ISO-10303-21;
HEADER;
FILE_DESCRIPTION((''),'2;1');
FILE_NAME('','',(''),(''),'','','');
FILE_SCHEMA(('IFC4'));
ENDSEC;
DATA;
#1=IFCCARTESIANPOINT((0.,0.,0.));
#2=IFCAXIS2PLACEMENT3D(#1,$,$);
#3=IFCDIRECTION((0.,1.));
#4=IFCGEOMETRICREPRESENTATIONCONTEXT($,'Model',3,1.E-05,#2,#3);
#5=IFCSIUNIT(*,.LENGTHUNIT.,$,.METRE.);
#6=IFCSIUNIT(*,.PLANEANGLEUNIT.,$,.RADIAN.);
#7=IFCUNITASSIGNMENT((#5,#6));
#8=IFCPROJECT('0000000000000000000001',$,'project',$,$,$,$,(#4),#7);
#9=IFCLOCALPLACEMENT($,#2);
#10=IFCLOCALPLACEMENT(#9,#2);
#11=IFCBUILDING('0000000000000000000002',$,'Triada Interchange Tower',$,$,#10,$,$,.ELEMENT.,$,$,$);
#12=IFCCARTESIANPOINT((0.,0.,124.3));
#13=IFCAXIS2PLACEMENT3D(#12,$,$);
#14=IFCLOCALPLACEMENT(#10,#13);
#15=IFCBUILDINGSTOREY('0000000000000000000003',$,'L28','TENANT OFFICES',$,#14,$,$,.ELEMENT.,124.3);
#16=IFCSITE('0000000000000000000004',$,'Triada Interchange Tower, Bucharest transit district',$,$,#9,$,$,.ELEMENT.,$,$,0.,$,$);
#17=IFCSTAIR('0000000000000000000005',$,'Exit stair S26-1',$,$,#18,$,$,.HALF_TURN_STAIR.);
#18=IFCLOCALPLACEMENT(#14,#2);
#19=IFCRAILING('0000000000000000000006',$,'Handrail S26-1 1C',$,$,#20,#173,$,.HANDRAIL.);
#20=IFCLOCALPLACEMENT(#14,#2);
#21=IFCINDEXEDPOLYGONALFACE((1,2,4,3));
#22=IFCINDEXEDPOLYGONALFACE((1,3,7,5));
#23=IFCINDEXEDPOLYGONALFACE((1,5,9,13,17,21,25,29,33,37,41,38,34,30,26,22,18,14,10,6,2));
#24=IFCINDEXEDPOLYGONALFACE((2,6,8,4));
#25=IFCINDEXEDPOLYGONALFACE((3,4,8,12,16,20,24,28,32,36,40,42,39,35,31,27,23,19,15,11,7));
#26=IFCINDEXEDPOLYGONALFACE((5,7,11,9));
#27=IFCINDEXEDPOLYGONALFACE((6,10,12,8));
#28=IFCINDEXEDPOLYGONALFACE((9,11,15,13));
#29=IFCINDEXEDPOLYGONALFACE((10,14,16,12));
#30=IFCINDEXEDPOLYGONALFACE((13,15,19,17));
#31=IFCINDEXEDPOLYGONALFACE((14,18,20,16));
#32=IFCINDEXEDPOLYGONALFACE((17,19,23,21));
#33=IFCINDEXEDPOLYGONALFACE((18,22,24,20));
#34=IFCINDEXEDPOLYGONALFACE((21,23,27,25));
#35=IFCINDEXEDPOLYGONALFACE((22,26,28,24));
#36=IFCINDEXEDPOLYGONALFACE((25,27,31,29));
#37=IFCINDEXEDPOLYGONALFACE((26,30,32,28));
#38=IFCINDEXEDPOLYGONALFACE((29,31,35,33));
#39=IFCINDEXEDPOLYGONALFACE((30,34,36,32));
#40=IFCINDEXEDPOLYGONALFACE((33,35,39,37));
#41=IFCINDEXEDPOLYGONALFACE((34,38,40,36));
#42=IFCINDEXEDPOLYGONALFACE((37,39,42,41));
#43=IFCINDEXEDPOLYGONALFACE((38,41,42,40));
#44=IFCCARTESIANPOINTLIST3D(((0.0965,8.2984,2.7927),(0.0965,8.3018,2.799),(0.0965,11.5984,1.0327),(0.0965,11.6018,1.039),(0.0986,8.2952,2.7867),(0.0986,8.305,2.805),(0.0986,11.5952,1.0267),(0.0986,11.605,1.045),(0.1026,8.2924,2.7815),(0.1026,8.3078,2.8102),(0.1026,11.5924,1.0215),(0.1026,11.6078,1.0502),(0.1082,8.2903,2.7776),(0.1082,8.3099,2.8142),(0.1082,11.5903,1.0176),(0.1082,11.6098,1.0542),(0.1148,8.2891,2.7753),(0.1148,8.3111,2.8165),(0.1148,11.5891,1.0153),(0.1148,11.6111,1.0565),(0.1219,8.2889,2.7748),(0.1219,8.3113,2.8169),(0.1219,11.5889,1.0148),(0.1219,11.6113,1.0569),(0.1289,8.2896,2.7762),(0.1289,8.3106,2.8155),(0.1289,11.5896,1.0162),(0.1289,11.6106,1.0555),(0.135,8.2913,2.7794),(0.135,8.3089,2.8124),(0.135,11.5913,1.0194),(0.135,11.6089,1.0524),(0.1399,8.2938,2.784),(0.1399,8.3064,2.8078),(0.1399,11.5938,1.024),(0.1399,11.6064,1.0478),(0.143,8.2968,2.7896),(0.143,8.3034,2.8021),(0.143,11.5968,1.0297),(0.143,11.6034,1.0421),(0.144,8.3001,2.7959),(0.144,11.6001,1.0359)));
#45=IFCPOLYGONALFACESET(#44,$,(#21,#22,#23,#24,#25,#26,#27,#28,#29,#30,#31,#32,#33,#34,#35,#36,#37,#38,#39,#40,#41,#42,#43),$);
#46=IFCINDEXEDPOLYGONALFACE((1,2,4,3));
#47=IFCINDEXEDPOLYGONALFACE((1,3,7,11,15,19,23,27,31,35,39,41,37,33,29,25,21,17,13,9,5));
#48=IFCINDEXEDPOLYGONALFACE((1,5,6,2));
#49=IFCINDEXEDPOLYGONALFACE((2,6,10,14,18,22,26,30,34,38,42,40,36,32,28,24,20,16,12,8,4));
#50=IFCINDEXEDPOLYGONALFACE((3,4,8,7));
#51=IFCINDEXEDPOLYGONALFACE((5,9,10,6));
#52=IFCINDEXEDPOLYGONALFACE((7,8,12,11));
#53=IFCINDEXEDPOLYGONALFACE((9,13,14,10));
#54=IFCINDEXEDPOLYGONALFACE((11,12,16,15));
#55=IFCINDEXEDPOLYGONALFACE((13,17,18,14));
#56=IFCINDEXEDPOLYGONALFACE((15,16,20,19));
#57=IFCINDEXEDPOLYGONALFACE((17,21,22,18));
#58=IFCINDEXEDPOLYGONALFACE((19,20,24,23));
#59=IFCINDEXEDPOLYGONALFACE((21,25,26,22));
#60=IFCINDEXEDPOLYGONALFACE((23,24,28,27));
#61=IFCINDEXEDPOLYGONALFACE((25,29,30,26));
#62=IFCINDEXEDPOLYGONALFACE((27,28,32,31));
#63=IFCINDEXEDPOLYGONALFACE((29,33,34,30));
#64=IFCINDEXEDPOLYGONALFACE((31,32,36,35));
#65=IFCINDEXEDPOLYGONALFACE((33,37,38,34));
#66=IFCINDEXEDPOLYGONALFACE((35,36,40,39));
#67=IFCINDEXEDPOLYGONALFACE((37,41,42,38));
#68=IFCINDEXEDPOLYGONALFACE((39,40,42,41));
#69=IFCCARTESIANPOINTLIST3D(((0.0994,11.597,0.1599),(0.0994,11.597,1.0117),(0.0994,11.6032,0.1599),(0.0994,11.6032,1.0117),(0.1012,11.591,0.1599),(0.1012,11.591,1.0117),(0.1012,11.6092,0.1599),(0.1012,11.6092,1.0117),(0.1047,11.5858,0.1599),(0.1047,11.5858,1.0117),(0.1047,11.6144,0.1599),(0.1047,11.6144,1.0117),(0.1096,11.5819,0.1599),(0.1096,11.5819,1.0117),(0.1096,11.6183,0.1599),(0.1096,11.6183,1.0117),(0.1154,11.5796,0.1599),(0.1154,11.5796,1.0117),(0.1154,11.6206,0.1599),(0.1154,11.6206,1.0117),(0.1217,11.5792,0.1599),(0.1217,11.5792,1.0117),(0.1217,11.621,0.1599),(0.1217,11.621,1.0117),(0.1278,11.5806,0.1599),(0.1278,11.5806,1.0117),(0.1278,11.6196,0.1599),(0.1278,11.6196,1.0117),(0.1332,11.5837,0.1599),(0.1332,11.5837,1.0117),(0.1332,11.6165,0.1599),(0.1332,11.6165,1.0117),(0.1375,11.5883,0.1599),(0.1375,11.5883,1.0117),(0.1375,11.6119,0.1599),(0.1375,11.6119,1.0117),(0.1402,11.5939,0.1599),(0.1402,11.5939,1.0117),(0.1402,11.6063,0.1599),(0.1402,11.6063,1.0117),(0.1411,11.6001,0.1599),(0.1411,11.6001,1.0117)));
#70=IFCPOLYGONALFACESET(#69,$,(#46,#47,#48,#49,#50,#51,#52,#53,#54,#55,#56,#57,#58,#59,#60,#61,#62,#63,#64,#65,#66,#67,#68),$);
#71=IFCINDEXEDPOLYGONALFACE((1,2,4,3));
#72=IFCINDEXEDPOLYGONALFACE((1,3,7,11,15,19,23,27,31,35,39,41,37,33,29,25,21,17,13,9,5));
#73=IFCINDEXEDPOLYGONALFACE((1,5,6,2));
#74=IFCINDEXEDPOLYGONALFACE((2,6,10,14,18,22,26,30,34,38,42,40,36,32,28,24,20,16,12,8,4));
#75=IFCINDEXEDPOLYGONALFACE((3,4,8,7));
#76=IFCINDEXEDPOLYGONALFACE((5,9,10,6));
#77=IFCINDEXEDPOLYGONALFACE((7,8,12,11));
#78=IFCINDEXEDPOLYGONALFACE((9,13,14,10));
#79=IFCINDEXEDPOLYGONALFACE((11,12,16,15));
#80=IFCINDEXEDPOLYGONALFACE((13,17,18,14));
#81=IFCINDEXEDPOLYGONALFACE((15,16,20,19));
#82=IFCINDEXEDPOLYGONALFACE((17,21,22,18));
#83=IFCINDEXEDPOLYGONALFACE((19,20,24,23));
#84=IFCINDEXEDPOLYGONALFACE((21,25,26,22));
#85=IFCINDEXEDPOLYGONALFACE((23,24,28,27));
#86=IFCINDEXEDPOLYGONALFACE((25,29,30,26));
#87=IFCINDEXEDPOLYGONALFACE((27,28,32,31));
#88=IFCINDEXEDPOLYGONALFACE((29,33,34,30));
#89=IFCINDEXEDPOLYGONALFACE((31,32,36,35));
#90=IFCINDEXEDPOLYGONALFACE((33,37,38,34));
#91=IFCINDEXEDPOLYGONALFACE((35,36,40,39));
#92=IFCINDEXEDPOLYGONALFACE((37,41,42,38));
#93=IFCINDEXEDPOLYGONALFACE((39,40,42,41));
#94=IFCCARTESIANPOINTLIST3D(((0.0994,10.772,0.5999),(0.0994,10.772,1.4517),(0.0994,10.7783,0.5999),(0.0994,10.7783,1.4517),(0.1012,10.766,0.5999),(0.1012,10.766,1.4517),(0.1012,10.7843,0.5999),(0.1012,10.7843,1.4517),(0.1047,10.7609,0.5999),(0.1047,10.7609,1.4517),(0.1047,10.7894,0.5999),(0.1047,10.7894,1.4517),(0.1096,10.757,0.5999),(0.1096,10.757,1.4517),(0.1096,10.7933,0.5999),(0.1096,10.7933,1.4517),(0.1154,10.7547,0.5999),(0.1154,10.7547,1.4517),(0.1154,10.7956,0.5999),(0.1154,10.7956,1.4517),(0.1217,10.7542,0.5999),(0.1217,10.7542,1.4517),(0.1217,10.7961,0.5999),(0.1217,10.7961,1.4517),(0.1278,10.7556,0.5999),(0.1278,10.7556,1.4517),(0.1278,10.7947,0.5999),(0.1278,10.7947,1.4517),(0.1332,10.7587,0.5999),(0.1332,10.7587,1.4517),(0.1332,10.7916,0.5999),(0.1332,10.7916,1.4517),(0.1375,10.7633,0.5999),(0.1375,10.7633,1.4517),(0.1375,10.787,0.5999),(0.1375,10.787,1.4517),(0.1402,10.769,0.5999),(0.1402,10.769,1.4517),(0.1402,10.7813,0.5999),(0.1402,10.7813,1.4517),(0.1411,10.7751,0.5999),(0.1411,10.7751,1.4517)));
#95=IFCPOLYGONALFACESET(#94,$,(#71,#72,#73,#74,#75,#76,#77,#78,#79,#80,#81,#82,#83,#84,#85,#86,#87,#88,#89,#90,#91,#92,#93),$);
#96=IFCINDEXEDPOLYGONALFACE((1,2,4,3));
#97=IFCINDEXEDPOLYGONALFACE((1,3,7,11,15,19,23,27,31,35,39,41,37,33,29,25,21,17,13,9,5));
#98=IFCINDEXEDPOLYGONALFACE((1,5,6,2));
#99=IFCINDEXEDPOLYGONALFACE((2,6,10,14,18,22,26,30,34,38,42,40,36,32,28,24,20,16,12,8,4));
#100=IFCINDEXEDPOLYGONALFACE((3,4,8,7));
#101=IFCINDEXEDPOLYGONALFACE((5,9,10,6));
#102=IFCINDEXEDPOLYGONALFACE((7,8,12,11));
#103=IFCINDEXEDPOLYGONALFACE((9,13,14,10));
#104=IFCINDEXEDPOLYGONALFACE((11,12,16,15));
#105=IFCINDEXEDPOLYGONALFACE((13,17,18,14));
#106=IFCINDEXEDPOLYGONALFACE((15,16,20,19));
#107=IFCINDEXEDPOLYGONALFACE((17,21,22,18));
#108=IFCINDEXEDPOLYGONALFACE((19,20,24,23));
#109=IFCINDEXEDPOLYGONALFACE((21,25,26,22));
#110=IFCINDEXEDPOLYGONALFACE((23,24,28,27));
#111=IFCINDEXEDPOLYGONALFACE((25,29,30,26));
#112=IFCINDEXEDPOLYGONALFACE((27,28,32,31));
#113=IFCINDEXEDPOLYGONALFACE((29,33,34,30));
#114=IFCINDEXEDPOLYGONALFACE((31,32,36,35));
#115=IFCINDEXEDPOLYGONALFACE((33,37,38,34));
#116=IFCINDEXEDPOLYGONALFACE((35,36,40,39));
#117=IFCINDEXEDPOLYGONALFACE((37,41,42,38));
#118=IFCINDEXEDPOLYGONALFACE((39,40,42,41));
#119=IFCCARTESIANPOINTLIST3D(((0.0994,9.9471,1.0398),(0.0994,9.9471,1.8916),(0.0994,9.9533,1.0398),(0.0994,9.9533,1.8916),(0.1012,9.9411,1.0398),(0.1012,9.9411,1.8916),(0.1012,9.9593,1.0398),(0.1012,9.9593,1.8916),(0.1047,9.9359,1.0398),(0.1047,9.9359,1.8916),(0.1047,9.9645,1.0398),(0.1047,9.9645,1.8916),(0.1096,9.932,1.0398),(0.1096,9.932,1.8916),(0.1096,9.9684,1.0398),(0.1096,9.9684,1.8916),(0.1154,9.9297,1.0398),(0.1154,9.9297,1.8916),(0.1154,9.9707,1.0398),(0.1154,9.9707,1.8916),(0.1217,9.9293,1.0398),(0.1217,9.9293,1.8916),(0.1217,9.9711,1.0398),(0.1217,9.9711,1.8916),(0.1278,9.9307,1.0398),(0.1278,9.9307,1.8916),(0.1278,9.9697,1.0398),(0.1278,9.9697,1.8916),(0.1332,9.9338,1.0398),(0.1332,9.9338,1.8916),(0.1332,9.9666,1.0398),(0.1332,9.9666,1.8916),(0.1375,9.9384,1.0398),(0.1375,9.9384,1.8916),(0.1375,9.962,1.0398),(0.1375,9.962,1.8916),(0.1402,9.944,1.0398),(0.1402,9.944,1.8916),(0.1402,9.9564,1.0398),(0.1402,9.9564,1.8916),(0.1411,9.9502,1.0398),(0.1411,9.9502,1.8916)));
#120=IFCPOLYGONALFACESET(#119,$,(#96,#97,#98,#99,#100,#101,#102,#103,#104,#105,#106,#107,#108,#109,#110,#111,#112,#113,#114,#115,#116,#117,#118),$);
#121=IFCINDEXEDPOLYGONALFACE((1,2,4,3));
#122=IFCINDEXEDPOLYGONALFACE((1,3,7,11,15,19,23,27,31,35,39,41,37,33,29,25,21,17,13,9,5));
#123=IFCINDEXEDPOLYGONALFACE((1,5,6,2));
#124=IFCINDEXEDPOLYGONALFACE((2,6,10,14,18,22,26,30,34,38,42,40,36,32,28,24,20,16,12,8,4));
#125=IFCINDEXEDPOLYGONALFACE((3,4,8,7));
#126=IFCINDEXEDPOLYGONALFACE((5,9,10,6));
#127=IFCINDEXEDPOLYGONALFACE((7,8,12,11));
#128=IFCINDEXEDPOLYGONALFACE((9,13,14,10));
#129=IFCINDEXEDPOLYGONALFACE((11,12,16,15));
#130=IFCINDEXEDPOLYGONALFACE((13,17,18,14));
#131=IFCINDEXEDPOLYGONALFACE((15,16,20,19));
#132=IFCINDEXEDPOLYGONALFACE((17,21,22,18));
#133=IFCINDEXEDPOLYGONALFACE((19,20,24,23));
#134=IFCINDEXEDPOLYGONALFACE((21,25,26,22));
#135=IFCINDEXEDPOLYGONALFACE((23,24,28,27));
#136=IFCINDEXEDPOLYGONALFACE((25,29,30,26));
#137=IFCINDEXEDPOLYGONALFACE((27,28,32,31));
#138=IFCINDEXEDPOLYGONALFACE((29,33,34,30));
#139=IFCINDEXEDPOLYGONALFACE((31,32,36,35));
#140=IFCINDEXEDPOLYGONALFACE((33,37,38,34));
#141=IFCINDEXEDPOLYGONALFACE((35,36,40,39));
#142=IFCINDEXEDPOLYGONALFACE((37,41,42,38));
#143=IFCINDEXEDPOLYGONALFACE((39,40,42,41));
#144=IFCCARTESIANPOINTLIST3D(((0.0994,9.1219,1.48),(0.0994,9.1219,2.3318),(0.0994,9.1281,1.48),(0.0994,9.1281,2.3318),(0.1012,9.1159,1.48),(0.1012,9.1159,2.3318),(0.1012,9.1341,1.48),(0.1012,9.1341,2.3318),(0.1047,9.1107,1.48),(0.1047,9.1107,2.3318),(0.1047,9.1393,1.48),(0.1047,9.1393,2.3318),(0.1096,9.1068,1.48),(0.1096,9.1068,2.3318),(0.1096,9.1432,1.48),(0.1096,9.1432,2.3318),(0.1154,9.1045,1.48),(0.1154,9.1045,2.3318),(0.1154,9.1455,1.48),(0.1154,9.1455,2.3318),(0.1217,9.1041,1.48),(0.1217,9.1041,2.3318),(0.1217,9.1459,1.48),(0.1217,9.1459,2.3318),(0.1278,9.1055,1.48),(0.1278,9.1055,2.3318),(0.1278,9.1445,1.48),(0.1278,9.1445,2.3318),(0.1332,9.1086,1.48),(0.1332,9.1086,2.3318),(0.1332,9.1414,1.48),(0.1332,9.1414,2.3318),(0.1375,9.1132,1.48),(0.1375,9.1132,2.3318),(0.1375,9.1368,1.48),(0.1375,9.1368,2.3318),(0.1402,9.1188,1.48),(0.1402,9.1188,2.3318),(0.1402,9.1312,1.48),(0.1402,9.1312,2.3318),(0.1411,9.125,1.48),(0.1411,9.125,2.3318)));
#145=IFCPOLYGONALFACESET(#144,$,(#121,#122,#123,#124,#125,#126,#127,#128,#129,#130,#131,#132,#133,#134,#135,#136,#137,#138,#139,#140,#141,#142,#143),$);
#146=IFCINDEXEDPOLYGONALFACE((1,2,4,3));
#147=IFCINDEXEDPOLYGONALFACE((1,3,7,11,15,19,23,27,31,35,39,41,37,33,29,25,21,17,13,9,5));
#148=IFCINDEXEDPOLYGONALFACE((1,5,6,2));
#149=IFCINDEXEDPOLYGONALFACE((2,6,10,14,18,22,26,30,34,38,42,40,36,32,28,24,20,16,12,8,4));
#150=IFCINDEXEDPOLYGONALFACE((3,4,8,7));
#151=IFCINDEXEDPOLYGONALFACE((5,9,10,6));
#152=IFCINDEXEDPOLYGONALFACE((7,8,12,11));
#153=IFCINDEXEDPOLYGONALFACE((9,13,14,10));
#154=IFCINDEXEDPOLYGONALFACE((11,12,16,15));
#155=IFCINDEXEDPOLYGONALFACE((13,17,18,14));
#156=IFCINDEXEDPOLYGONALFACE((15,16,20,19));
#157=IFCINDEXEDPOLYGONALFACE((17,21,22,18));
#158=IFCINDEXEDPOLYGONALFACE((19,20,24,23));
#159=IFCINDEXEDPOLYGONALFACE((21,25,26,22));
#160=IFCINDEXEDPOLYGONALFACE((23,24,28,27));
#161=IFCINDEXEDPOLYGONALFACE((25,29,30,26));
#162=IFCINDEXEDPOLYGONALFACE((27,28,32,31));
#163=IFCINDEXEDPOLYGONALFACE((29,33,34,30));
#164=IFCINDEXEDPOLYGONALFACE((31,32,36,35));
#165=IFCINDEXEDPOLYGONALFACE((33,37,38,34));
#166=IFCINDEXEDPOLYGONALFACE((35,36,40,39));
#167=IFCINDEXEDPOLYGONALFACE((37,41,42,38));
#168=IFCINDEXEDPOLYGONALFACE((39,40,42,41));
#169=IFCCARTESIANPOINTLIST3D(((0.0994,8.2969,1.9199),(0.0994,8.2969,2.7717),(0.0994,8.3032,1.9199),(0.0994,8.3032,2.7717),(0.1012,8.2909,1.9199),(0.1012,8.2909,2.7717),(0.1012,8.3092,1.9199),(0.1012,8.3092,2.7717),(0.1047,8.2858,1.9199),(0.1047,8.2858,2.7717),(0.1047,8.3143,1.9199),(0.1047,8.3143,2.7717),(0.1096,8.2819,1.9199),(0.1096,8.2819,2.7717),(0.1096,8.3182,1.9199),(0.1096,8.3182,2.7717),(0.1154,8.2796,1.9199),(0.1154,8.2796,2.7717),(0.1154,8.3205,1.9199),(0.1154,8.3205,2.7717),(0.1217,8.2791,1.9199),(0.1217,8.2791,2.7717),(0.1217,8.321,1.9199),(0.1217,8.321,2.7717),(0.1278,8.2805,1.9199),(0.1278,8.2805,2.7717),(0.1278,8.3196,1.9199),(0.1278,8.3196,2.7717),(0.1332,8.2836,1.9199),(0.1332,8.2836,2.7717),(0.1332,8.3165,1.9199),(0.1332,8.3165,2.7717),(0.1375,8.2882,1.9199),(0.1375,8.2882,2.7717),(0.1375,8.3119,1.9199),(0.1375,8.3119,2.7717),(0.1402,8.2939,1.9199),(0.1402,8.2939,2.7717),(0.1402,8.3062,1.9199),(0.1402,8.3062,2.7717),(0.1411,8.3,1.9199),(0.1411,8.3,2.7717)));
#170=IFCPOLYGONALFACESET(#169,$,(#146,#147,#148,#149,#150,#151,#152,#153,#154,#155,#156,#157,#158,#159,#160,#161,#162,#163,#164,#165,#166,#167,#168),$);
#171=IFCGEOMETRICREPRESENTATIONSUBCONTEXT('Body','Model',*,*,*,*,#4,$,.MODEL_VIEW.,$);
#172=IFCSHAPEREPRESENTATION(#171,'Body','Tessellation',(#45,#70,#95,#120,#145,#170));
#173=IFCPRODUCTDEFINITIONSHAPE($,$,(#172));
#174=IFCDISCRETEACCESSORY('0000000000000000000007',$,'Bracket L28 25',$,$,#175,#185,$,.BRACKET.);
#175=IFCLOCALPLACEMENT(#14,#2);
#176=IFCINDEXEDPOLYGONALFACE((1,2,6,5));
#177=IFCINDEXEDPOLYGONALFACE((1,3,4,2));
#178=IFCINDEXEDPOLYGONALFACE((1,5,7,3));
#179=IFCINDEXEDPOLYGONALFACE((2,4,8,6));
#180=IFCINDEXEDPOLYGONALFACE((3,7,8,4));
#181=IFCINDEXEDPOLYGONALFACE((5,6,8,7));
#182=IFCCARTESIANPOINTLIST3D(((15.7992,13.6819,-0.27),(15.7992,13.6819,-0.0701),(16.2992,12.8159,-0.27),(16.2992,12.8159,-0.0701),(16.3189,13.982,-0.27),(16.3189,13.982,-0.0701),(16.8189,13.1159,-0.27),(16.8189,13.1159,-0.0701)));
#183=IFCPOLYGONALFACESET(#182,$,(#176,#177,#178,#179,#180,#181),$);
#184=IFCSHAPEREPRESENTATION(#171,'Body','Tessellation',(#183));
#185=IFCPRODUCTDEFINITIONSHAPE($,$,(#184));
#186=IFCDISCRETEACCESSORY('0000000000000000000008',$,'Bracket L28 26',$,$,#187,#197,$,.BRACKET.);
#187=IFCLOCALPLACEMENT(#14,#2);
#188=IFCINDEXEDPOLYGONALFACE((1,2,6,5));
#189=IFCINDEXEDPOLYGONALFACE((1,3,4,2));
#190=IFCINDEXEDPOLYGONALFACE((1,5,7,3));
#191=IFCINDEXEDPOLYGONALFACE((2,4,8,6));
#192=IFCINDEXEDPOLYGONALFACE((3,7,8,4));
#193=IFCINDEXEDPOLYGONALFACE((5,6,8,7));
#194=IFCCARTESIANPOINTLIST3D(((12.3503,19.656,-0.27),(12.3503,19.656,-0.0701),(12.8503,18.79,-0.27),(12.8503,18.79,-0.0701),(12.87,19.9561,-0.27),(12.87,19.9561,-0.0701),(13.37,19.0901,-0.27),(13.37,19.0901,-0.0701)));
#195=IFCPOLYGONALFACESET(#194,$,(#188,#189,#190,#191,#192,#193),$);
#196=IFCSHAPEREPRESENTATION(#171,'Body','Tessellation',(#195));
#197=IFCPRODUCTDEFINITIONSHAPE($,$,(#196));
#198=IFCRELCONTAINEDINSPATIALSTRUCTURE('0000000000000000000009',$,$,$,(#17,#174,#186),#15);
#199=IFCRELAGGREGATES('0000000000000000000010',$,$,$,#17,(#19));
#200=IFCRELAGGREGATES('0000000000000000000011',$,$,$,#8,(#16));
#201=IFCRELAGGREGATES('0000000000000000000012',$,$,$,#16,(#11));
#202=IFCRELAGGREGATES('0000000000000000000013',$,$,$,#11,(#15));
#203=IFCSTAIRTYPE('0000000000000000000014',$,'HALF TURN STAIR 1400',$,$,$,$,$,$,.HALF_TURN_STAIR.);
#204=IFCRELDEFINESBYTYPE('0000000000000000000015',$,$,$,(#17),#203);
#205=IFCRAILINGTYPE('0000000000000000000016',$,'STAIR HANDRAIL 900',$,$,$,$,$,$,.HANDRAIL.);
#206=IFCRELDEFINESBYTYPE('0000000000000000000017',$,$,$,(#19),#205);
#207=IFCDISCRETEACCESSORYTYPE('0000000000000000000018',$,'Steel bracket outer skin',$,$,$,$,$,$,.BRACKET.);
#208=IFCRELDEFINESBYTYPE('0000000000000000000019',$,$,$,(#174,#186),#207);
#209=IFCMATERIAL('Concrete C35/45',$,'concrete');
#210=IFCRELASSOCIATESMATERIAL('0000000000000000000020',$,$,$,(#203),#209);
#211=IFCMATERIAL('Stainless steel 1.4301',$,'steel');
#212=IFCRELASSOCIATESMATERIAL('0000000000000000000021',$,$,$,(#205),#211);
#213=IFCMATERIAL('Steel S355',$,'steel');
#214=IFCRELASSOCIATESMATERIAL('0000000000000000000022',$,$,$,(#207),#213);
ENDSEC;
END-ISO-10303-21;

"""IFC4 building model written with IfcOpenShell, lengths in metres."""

from ifc_helpers import new_model, si_unit, direction, frame, origin, origin_2d, place, context, subcontext, project, spatial, rectangle, circle, extrude, material, type_object, element, aggregate, save


model = new_model("IFC4")

# Units and contexts
model_context = context("Model", 3, precision=1e-05, world=origin(), true_north=direction((0.0, 1.0)))
body_context = subcontext(model_context, "Body", "Model", "MODEL_VIEW")
ifc_project = project(units=[si_unit("LENGTHUNIT", "METRE"), si_unit("PLANEANGLEUNIT", "RADIAN")], contexts=[model_context])

# Site, building, storey
site_placement = place(None, origin())
site = spatial("IfcSite", under=ifc_project, at=site_placement, Name="Triada Interchange Tower, Bucharest transit district", CompositionType="ELEMENT", RefElevation=0.0)
building_placement = place(site_placement, origin())
building = spatial("IfcBuilding", under=site, at=building_placement, Name="Triada Interchange Tower", CompositionType="ELEMENT")
storey_placement = place(building_placement, frame((0.0, 0.0, 124.3)))
storey = spatial("IfcBuildingStorey", under=building, at=storey_placement, Name="L28", Description="TENANT OFFICES", CompositionType="ELEMENT", Elevation=124.3)

# Stair
ifc_material_1 = material(Name="Concrete C35/45", Category="concrete")
stair_type = type_object("IfcStairType", Name="HALF TURN STAIR 1400", PredefinedType="HALF_TURN_STAIR", material=ifc_material_1)
stair_placement = place(storey_placement, origin())
stair = element("IfcStair", 1, at=stair_placement, inside=storey, type_object=stair_type, Name="Exit stair S26-1", PredefinedType="HALF_TURN_STAIR")

# Railing
ifc_material_2 = material(Name="Stainless steel 1.4301", Category="steel")
railing_type = type_object("IfcRailingType", Name="STAIR HANDRAIL 900", PredefinedType="HANDRAIL", material=ifc_material_2)
railing_1_placement = place(storey_placement, frame((0.1201, 11.6001, 0.1599)))
railing_1 = element("IfcRailing", 2, at=railing_1_placement, type_object=railing_type, Name="Handrail S26-1 1C", PredefinedType="HANDRAIL", context=body_context, shape_type="SweptSolid", body=[
    extrude(circle(Radius=0.0239, at=origin_2d()), frame((0.0, 0.0, 0.876), z_axis=(0.0, -0.882355, 0.470585), x_axis=(1.0, 0.0, 0.0)), (0.0, 0.0, 1.0), 3.74),
    extrude(circle(Radius=0.021, at=origin_2d()), origin(), (0.0, 0.0, 1.0), 0.8518),
    extrude(circle(Radius=0.021, at=origin_2d()), frame((0.0, -0.825, 0.4399)), (0.0, 0.0, 1.0), 0.8518),
    extrude(circle(Radius=0.021, at=origin_2d()), frame((0.0, -1.6499, 0.8799)), (0.0, 0.0, 1.0), 0.8518),
    extrude(circle(Radius=0.021, at=origin_2d()), frame((0.0, -2.4751, 1.3201)), (0.0, 0.0, 1.0), 0.8518),
    extrude(circle(Radius=0.021, at=origin_2d()), frame((0.0, -3.3, 1.76)), (0.0, 0.0, 1.0), 0.8518),
])
aggregate(stair, [railing_1])

# Discrete accessories
ifc_material_3 = material(Name="Steel S355", Category="steel")
discrete_accessory_type = type_object("IfcDiscreteAccessoryType", Name="Steel bracket outer skin", PredefinedType="BRACKET", material=ifc_material_3)
for number, where, z_axis, x_axis, name in (
    (3, (16.3091, 13.3989, -0.27), (0.0, 0.0, 1.0), (0.866028, 0.499995, 0.0), "Bracket L28 25"),
    (4, (12.8601, 19.373, -0.27), (0.0, 0.0, 1.0), (0.866028, 0.499995, 0.0), "Bracket L28 26"),
):
    element("IfcDiscreteAccessory", number, at=place(storey_placement, frame(where, z_axis=z_axis, x_axis=x_axis)), inside=storey, type_object=discrete_accessory_type, Name=name, PredefinedType="BRACKET", context=body_context, shape_type="SweptSolid", body=[
        extrude(rectangle(XDim=0.6001, YDim=1.0, at=origin_2d()), origin(), (0.0, 0.0, 1.0), 0.2),
    ])

save(model, "model.ifc")
